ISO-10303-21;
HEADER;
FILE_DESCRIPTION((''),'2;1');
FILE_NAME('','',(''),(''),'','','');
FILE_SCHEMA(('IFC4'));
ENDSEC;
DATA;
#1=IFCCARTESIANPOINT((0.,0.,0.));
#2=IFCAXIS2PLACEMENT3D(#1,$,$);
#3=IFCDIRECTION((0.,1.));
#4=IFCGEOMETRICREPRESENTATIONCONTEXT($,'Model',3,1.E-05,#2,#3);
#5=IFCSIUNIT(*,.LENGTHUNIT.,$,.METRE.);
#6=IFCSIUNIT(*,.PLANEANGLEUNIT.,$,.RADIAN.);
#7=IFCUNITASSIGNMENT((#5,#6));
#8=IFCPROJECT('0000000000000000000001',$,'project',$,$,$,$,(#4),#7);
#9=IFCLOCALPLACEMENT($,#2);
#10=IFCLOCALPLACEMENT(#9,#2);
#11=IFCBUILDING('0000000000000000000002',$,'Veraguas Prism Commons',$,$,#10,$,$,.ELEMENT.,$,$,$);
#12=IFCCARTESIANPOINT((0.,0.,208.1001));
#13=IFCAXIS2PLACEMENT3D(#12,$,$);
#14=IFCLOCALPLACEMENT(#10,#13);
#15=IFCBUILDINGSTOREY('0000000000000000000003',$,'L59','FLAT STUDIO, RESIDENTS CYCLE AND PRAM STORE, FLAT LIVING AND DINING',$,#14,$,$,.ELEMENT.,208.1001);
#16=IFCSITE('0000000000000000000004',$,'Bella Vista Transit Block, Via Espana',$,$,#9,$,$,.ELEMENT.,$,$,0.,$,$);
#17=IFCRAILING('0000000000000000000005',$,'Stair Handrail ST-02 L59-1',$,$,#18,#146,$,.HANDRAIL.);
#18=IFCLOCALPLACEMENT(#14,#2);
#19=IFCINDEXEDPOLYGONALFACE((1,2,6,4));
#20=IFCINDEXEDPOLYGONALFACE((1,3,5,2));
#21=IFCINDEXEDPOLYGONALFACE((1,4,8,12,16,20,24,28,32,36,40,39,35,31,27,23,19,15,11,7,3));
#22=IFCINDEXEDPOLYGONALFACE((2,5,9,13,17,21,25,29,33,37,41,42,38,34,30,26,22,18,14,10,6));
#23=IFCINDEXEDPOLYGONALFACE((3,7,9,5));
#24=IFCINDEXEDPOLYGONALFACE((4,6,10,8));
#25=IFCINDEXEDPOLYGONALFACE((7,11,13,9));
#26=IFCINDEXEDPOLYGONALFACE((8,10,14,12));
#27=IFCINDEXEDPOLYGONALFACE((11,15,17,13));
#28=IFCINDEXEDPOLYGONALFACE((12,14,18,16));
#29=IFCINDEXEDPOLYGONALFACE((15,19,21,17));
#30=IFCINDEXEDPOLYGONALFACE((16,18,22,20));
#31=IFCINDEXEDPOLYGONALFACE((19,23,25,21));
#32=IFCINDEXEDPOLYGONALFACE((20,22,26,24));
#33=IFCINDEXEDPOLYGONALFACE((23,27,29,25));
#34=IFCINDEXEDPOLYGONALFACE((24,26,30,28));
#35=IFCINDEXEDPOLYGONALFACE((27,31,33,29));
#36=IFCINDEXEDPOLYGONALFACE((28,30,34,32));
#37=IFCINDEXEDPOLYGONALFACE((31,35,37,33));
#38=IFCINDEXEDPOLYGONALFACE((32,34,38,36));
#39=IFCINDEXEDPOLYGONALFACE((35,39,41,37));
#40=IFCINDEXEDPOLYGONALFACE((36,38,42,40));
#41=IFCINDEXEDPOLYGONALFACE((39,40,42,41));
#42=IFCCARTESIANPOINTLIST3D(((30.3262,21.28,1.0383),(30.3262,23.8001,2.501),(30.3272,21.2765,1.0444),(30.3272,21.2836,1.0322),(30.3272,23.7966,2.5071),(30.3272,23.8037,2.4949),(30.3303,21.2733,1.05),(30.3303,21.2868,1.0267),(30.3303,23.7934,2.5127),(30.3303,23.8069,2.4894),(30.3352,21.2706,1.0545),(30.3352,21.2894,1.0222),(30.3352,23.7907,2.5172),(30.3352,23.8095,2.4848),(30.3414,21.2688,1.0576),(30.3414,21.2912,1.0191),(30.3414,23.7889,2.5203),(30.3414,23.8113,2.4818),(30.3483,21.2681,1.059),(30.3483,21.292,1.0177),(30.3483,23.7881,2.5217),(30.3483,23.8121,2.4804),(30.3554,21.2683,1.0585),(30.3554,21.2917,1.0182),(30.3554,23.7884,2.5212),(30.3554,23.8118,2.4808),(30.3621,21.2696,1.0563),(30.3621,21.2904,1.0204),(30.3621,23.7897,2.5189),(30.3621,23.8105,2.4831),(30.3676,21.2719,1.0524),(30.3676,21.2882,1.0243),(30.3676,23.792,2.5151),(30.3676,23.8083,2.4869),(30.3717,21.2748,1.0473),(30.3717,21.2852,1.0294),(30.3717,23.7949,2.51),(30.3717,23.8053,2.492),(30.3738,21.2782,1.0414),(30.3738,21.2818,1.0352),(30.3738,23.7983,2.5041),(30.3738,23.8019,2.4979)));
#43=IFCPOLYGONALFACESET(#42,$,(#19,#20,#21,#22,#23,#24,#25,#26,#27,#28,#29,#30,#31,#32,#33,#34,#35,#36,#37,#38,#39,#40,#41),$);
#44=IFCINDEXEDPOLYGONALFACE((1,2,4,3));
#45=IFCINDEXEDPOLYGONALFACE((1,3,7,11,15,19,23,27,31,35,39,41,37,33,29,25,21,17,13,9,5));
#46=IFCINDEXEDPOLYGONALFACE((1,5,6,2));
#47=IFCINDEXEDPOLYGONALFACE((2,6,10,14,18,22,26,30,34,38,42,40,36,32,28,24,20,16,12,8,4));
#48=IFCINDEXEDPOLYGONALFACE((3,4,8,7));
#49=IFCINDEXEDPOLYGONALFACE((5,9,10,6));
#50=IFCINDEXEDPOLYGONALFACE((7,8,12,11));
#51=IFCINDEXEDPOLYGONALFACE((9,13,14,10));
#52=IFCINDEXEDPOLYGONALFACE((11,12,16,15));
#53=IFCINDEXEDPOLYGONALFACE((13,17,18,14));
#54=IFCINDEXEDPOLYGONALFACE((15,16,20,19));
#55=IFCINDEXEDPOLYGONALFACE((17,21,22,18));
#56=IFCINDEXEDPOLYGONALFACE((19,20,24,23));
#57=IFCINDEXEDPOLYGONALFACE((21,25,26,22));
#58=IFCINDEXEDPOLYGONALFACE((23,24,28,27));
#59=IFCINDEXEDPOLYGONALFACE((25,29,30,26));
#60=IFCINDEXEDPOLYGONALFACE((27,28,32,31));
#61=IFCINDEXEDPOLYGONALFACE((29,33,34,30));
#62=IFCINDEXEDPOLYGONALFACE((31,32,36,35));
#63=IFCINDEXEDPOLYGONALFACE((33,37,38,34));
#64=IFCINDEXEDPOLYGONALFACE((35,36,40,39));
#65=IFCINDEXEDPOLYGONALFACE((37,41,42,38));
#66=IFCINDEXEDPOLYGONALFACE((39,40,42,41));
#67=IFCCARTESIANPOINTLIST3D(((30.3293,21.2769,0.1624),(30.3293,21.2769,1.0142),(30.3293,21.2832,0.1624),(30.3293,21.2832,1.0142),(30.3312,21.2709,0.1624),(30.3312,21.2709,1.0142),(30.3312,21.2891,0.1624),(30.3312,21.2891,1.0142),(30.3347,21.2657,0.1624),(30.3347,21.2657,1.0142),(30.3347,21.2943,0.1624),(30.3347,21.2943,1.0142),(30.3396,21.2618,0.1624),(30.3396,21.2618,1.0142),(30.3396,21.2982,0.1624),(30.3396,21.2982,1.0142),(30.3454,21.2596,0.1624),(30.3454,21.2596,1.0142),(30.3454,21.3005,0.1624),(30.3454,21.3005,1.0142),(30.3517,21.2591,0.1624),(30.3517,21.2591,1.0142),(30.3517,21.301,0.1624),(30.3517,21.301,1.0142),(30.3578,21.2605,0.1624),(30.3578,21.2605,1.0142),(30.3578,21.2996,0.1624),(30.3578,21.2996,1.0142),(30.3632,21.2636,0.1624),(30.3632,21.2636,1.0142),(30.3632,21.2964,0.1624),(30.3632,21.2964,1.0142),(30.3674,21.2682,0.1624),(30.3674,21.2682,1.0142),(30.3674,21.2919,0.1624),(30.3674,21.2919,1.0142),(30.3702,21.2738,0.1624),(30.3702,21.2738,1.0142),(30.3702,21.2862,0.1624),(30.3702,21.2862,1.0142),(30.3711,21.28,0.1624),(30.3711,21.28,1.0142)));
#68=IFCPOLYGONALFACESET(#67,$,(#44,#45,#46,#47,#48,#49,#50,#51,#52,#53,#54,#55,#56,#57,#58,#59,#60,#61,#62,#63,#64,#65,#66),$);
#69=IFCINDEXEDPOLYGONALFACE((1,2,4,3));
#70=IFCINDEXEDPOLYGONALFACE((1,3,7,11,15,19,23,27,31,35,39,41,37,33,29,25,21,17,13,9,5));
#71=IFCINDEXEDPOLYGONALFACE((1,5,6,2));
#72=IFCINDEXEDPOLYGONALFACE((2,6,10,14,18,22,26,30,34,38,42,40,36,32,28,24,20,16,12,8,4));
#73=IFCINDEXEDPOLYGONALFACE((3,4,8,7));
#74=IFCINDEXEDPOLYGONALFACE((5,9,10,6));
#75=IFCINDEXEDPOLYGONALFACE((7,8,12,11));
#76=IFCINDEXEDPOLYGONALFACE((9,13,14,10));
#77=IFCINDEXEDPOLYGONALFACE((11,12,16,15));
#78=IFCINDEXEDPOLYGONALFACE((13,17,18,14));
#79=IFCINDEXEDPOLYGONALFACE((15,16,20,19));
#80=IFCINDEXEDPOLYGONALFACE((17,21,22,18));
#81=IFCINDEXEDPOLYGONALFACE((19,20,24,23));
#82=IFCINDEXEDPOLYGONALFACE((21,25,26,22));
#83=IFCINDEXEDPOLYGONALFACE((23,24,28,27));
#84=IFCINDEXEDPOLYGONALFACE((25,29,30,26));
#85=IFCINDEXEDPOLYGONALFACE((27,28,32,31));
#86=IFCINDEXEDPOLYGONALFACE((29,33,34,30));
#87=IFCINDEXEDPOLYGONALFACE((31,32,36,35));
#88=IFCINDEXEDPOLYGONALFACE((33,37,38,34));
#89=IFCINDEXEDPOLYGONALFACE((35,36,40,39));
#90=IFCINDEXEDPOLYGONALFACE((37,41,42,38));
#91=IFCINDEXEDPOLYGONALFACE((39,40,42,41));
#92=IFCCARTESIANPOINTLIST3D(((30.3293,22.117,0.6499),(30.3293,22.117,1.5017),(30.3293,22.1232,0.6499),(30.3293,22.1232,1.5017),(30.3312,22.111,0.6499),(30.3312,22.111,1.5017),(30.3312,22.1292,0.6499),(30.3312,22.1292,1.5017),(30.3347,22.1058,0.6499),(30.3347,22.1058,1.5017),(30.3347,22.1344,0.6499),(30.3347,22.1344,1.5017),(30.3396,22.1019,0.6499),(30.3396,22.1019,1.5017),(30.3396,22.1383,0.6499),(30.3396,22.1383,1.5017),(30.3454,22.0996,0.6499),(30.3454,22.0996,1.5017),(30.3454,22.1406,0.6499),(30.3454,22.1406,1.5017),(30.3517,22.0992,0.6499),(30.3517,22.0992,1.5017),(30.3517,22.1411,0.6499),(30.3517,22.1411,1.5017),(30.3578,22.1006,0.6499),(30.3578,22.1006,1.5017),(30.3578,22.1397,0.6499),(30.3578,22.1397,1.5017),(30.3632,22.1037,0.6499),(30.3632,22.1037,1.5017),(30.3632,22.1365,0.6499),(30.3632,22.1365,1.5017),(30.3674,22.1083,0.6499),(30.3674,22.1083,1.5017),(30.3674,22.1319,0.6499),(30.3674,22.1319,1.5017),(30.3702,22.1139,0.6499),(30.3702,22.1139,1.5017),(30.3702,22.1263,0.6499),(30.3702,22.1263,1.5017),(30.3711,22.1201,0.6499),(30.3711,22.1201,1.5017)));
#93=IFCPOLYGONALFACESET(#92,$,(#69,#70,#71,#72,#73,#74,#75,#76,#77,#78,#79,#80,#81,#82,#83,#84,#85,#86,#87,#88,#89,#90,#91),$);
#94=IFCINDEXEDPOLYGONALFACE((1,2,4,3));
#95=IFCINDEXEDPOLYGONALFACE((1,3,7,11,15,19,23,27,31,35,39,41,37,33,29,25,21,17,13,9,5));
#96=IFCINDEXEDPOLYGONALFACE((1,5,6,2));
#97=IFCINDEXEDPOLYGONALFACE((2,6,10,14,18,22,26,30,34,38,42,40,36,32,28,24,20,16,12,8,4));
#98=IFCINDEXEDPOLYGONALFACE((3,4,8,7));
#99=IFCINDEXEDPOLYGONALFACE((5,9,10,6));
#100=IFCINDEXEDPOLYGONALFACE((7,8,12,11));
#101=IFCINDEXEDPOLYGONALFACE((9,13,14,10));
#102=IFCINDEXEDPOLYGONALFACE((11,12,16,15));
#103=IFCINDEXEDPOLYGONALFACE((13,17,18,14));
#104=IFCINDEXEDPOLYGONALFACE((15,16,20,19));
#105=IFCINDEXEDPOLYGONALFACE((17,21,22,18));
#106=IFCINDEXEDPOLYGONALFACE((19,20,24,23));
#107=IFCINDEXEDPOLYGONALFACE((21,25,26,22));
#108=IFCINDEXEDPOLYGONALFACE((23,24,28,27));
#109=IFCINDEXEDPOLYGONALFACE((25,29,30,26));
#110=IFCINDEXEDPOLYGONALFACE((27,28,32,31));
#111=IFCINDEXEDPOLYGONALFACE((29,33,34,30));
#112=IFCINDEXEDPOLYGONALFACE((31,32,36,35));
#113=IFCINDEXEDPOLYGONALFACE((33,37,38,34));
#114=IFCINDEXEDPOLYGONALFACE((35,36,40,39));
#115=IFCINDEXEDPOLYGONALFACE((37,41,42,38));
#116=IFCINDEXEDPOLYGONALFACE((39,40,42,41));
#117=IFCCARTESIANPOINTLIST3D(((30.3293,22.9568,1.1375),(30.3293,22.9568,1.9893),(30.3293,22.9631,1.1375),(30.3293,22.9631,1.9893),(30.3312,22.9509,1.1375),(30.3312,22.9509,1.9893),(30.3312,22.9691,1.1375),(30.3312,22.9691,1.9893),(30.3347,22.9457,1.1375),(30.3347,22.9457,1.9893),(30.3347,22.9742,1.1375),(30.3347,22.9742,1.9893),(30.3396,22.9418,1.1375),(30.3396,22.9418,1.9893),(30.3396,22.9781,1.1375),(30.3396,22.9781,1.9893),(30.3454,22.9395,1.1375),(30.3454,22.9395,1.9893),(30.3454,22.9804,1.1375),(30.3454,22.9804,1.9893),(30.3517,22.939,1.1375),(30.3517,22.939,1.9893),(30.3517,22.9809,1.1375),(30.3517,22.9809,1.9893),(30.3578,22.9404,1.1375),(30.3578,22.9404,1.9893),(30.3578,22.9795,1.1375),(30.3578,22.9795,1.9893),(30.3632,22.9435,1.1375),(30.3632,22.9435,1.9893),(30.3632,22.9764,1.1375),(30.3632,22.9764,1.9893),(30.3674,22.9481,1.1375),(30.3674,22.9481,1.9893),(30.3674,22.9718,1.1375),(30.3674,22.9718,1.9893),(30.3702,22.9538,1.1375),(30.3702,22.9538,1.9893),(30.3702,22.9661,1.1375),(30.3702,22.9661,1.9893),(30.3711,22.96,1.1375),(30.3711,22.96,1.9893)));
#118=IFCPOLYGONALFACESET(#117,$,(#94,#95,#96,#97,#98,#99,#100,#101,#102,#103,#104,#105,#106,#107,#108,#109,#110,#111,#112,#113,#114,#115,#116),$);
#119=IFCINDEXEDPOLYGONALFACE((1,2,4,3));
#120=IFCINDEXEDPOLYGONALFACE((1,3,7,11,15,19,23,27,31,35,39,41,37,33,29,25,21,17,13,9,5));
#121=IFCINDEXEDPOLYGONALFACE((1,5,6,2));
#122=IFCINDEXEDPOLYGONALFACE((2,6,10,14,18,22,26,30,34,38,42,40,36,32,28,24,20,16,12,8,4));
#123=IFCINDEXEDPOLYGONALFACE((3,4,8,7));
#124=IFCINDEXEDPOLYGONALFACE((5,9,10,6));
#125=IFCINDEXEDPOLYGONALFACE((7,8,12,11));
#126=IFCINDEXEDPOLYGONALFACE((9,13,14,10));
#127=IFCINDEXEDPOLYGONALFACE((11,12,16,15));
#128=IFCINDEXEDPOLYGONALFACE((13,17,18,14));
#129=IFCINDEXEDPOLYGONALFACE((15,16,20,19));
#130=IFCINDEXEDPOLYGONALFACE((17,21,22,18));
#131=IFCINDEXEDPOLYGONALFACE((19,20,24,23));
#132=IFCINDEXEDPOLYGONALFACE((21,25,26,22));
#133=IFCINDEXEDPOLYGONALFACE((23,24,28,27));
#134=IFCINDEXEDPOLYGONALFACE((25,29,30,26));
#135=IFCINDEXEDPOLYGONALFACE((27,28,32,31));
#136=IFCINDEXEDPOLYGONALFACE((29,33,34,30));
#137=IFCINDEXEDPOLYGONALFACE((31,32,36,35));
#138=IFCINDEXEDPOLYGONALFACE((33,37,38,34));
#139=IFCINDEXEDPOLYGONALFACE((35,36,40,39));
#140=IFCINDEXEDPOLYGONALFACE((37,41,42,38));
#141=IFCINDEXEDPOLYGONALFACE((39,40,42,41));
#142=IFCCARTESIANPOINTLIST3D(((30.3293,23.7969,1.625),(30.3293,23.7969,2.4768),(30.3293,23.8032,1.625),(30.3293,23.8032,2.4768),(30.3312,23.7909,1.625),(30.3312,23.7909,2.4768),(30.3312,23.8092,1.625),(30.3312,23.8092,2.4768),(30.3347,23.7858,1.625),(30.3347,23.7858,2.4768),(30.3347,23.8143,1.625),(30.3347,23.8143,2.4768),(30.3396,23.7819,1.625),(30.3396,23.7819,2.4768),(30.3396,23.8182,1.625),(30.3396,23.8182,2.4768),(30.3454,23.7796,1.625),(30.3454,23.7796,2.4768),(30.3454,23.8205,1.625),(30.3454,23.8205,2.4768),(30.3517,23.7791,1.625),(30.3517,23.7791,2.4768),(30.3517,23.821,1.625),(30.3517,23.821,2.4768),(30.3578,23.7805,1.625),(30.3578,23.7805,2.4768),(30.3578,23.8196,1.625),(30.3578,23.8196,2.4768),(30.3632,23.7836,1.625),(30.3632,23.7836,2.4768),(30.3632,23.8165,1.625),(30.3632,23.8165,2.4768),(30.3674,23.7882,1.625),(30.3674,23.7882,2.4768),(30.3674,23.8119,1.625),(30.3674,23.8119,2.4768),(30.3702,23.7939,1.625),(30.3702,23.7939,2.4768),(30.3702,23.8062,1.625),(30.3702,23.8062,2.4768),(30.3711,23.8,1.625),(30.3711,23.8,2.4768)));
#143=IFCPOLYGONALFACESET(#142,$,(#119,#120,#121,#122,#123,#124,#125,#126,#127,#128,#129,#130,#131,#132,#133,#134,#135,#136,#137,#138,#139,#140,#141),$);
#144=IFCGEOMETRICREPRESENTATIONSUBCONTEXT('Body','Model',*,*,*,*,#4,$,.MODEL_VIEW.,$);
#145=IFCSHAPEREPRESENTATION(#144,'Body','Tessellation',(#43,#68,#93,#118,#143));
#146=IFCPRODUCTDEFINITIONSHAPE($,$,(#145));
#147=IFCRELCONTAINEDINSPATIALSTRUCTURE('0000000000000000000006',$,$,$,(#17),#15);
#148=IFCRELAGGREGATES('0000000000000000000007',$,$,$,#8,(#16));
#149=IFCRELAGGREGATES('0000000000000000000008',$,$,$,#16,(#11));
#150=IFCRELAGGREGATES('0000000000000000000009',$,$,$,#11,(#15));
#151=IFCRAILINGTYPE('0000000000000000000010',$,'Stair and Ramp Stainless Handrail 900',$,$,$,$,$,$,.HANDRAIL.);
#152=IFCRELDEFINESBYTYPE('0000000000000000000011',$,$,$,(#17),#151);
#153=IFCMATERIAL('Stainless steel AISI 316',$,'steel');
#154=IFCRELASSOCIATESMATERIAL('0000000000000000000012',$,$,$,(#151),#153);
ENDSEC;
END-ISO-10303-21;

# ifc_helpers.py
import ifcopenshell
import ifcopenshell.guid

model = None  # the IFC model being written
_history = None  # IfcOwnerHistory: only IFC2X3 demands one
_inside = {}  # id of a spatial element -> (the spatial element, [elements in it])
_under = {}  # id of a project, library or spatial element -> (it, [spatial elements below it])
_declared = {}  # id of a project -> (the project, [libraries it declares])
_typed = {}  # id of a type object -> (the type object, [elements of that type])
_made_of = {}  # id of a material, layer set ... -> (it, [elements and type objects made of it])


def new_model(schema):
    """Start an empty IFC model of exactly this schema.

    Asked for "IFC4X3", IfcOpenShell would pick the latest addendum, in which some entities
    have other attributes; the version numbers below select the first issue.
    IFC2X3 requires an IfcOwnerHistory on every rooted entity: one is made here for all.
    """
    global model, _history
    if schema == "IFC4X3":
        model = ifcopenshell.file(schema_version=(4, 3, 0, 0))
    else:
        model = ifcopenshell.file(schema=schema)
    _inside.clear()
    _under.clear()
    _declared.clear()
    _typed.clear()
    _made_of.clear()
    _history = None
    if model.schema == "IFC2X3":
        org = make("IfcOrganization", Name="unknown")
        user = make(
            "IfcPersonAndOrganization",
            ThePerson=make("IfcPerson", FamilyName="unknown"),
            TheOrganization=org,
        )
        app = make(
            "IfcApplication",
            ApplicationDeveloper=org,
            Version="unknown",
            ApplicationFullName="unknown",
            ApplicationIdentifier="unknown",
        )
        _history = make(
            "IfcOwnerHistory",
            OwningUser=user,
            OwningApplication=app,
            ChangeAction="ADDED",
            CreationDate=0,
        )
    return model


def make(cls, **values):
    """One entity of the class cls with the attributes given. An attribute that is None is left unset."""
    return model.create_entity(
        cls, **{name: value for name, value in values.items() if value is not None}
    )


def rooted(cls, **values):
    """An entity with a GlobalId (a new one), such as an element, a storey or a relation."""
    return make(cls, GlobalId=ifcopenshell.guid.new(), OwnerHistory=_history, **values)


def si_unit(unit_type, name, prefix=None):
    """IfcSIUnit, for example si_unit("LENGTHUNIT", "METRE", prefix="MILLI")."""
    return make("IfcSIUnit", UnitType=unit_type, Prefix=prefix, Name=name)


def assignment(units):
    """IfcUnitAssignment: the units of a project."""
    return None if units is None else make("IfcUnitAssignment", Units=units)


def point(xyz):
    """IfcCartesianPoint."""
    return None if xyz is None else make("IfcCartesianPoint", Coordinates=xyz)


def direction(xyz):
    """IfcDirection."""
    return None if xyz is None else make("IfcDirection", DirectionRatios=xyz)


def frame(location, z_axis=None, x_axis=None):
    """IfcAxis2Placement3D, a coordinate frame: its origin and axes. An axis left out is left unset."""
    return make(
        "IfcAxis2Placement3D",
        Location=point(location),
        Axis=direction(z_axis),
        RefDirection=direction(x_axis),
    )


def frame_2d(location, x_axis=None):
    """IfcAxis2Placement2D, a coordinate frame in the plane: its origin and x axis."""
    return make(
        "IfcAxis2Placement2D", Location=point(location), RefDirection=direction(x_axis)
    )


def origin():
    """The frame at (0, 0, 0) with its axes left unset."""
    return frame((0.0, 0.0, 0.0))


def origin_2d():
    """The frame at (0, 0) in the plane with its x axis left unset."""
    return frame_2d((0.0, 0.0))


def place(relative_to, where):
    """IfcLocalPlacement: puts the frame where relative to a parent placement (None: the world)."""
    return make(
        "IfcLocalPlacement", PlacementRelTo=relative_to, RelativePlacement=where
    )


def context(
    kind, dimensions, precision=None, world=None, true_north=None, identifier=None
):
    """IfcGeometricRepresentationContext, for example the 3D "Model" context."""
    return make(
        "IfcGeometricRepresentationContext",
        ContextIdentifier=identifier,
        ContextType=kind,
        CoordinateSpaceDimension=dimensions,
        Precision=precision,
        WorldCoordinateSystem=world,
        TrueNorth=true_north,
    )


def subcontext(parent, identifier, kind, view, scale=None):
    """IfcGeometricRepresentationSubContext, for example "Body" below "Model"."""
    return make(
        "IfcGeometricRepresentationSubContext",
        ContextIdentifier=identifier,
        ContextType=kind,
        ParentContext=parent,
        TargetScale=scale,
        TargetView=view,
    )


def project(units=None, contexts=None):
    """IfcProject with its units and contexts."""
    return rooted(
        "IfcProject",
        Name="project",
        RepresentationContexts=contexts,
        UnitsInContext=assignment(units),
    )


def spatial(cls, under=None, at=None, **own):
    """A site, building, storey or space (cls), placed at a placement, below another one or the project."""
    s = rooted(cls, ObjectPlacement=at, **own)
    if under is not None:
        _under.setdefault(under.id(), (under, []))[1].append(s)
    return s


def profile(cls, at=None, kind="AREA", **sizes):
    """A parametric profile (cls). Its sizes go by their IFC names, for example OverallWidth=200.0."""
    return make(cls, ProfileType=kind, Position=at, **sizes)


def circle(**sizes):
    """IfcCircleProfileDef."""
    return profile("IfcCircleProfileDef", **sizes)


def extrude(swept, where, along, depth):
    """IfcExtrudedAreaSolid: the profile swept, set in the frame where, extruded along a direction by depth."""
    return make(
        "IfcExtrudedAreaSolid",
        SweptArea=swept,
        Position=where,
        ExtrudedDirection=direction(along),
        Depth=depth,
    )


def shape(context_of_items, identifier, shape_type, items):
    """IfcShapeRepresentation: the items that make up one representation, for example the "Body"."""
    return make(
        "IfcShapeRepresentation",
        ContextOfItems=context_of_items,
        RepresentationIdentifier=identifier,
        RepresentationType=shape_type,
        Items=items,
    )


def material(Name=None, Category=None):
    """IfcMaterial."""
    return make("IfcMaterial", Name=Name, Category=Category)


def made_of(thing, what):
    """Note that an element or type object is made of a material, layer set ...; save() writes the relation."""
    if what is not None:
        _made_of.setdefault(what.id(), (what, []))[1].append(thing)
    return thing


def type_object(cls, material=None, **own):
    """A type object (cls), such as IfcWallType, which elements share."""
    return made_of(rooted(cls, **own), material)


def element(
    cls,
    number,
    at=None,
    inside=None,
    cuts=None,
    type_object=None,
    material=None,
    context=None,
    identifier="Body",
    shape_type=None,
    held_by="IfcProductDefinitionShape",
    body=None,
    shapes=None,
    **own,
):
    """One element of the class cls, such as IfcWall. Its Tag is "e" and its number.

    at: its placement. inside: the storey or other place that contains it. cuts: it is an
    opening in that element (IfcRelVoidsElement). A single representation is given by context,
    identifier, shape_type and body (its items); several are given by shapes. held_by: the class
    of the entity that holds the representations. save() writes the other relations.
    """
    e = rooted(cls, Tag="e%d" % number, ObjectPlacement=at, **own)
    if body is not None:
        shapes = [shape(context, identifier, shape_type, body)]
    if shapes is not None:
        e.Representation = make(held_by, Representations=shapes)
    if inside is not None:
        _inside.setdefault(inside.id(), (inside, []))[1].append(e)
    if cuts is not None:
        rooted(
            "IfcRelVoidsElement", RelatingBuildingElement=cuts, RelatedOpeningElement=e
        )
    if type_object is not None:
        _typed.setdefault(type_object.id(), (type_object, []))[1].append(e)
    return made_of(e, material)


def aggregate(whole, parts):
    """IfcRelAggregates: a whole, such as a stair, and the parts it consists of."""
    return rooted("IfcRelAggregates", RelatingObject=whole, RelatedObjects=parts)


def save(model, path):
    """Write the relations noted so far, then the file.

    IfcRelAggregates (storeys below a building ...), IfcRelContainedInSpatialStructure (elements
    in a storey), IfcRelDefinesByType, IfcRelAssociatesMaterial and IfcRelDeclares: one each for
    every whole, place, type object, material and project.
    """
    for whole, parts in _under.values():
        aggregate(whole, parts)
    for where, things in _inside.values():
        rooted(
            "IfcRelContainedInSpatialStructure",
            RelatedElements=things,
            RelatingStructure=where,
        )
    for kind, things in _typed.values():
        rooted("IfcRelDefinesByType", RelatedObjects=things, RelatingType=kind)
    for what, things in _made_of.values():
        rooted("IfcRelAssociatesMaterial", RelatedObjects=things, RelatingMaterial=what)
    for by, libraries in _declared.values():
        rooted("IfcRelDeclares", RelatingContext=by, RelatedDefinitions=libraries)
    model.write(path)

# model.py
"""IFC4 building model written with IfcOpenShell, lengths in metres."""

from ifc_helpers import new_model, si_unit, direction, frame, origin, origin_2d, place, context, subcontext, project, spatial, circle, extrude, material, type_object, element, save


model = new_model("IFC4")

# Units and contexts
model_context = context("Model", 3, precision=1e-05, world=origin(), true_north=direction((0.0, 1.0)))
body_context = subcontext(model_context, "Body", "Model", "MODEL_VIEW")
ifc_project = project(units=[si_unit("LENGTHUNIT", "METRE"), si_unit("PLANEANGLEUNIT", "RADIAN")], contexts=[model_context])

# Site, building, storey
site_placement = place(None, origin())
site = spatial("IfcSite", under=ifc_project, at=site_placement, Name="Bella Vista Transit Block, Via Espana", CompositionType="ELEMENT", RefElevation=0.0)
building_placement = place(site_placement, origin())
building = spatial("IfcBuilding", under=site, at=building_placement, Name="Veraguas Prism Commons", CompositionType="ELEMENT")
storey_placement = place(building_placement, frame((0.0, 0.0, 208.1001)))
storey = spatial("IfcBuildingStorey", under=building, at=storey_placement, Name="L59", Description="FLAT STUDIO, RESIDENTS CYCLE AND PRAM STORE, FLAT LIVING AND DINING", CompositionType="ELEMENT", Elevation=208.1001)

# Railing
ifc_material_1 = material(Name="Stainless steel AISI 316", Category="steel")
railing_type = type_object("IfcRailingType", Name="Stair and Ramp Stainless Handrail 900", PredefinedType="HANDRAIL", material=ifc_material_1)
railing_placement = place(storey_placement, frame((30.3501, 21.28, 0.1624)))
element("IfcRailing", 1, at=railing_placement, inside=storey, type_object=railing_type, Name="Stair Handrail ST-02 L59-1", PredefinedType="HANDRAIL", context=body_context, shape_type="SweptSolid", body=[
    extrude(circle(Radius=0.0239, at=origin_2d()), frame((0.0, 0.0, 0.876), z_axis=(0.0, 0.864877, 0.501984), x_axis=(-1.0, 0.0, 0.0)), (0.0, 0.0, 1.0), 2.9138),
    extrude(circle(Radius=0.021, at=origin_2d()), origin(), (0.0, 0.0, 1.0), 0.8518),
    extrude(circle(Radius=0.021, at=origin_2d()), frame((0.0, 0.8401, 0.4875)), (0.0, 0.0, 1.0), 0.8518),
    extrude(circle(Radius=0.021, at=origin_2d()), frame((0.0, 1.6799, 0.9751)), (0.0, 0.0, 1.0), 0.8518),
    extrude(circle(Radius=0.021, at=origin_2d()), frame((0.0, 2.52, 1.4626)), (0.0, 0.0, 1.0), 0.8518),
])

save(model, "model.ifc")
